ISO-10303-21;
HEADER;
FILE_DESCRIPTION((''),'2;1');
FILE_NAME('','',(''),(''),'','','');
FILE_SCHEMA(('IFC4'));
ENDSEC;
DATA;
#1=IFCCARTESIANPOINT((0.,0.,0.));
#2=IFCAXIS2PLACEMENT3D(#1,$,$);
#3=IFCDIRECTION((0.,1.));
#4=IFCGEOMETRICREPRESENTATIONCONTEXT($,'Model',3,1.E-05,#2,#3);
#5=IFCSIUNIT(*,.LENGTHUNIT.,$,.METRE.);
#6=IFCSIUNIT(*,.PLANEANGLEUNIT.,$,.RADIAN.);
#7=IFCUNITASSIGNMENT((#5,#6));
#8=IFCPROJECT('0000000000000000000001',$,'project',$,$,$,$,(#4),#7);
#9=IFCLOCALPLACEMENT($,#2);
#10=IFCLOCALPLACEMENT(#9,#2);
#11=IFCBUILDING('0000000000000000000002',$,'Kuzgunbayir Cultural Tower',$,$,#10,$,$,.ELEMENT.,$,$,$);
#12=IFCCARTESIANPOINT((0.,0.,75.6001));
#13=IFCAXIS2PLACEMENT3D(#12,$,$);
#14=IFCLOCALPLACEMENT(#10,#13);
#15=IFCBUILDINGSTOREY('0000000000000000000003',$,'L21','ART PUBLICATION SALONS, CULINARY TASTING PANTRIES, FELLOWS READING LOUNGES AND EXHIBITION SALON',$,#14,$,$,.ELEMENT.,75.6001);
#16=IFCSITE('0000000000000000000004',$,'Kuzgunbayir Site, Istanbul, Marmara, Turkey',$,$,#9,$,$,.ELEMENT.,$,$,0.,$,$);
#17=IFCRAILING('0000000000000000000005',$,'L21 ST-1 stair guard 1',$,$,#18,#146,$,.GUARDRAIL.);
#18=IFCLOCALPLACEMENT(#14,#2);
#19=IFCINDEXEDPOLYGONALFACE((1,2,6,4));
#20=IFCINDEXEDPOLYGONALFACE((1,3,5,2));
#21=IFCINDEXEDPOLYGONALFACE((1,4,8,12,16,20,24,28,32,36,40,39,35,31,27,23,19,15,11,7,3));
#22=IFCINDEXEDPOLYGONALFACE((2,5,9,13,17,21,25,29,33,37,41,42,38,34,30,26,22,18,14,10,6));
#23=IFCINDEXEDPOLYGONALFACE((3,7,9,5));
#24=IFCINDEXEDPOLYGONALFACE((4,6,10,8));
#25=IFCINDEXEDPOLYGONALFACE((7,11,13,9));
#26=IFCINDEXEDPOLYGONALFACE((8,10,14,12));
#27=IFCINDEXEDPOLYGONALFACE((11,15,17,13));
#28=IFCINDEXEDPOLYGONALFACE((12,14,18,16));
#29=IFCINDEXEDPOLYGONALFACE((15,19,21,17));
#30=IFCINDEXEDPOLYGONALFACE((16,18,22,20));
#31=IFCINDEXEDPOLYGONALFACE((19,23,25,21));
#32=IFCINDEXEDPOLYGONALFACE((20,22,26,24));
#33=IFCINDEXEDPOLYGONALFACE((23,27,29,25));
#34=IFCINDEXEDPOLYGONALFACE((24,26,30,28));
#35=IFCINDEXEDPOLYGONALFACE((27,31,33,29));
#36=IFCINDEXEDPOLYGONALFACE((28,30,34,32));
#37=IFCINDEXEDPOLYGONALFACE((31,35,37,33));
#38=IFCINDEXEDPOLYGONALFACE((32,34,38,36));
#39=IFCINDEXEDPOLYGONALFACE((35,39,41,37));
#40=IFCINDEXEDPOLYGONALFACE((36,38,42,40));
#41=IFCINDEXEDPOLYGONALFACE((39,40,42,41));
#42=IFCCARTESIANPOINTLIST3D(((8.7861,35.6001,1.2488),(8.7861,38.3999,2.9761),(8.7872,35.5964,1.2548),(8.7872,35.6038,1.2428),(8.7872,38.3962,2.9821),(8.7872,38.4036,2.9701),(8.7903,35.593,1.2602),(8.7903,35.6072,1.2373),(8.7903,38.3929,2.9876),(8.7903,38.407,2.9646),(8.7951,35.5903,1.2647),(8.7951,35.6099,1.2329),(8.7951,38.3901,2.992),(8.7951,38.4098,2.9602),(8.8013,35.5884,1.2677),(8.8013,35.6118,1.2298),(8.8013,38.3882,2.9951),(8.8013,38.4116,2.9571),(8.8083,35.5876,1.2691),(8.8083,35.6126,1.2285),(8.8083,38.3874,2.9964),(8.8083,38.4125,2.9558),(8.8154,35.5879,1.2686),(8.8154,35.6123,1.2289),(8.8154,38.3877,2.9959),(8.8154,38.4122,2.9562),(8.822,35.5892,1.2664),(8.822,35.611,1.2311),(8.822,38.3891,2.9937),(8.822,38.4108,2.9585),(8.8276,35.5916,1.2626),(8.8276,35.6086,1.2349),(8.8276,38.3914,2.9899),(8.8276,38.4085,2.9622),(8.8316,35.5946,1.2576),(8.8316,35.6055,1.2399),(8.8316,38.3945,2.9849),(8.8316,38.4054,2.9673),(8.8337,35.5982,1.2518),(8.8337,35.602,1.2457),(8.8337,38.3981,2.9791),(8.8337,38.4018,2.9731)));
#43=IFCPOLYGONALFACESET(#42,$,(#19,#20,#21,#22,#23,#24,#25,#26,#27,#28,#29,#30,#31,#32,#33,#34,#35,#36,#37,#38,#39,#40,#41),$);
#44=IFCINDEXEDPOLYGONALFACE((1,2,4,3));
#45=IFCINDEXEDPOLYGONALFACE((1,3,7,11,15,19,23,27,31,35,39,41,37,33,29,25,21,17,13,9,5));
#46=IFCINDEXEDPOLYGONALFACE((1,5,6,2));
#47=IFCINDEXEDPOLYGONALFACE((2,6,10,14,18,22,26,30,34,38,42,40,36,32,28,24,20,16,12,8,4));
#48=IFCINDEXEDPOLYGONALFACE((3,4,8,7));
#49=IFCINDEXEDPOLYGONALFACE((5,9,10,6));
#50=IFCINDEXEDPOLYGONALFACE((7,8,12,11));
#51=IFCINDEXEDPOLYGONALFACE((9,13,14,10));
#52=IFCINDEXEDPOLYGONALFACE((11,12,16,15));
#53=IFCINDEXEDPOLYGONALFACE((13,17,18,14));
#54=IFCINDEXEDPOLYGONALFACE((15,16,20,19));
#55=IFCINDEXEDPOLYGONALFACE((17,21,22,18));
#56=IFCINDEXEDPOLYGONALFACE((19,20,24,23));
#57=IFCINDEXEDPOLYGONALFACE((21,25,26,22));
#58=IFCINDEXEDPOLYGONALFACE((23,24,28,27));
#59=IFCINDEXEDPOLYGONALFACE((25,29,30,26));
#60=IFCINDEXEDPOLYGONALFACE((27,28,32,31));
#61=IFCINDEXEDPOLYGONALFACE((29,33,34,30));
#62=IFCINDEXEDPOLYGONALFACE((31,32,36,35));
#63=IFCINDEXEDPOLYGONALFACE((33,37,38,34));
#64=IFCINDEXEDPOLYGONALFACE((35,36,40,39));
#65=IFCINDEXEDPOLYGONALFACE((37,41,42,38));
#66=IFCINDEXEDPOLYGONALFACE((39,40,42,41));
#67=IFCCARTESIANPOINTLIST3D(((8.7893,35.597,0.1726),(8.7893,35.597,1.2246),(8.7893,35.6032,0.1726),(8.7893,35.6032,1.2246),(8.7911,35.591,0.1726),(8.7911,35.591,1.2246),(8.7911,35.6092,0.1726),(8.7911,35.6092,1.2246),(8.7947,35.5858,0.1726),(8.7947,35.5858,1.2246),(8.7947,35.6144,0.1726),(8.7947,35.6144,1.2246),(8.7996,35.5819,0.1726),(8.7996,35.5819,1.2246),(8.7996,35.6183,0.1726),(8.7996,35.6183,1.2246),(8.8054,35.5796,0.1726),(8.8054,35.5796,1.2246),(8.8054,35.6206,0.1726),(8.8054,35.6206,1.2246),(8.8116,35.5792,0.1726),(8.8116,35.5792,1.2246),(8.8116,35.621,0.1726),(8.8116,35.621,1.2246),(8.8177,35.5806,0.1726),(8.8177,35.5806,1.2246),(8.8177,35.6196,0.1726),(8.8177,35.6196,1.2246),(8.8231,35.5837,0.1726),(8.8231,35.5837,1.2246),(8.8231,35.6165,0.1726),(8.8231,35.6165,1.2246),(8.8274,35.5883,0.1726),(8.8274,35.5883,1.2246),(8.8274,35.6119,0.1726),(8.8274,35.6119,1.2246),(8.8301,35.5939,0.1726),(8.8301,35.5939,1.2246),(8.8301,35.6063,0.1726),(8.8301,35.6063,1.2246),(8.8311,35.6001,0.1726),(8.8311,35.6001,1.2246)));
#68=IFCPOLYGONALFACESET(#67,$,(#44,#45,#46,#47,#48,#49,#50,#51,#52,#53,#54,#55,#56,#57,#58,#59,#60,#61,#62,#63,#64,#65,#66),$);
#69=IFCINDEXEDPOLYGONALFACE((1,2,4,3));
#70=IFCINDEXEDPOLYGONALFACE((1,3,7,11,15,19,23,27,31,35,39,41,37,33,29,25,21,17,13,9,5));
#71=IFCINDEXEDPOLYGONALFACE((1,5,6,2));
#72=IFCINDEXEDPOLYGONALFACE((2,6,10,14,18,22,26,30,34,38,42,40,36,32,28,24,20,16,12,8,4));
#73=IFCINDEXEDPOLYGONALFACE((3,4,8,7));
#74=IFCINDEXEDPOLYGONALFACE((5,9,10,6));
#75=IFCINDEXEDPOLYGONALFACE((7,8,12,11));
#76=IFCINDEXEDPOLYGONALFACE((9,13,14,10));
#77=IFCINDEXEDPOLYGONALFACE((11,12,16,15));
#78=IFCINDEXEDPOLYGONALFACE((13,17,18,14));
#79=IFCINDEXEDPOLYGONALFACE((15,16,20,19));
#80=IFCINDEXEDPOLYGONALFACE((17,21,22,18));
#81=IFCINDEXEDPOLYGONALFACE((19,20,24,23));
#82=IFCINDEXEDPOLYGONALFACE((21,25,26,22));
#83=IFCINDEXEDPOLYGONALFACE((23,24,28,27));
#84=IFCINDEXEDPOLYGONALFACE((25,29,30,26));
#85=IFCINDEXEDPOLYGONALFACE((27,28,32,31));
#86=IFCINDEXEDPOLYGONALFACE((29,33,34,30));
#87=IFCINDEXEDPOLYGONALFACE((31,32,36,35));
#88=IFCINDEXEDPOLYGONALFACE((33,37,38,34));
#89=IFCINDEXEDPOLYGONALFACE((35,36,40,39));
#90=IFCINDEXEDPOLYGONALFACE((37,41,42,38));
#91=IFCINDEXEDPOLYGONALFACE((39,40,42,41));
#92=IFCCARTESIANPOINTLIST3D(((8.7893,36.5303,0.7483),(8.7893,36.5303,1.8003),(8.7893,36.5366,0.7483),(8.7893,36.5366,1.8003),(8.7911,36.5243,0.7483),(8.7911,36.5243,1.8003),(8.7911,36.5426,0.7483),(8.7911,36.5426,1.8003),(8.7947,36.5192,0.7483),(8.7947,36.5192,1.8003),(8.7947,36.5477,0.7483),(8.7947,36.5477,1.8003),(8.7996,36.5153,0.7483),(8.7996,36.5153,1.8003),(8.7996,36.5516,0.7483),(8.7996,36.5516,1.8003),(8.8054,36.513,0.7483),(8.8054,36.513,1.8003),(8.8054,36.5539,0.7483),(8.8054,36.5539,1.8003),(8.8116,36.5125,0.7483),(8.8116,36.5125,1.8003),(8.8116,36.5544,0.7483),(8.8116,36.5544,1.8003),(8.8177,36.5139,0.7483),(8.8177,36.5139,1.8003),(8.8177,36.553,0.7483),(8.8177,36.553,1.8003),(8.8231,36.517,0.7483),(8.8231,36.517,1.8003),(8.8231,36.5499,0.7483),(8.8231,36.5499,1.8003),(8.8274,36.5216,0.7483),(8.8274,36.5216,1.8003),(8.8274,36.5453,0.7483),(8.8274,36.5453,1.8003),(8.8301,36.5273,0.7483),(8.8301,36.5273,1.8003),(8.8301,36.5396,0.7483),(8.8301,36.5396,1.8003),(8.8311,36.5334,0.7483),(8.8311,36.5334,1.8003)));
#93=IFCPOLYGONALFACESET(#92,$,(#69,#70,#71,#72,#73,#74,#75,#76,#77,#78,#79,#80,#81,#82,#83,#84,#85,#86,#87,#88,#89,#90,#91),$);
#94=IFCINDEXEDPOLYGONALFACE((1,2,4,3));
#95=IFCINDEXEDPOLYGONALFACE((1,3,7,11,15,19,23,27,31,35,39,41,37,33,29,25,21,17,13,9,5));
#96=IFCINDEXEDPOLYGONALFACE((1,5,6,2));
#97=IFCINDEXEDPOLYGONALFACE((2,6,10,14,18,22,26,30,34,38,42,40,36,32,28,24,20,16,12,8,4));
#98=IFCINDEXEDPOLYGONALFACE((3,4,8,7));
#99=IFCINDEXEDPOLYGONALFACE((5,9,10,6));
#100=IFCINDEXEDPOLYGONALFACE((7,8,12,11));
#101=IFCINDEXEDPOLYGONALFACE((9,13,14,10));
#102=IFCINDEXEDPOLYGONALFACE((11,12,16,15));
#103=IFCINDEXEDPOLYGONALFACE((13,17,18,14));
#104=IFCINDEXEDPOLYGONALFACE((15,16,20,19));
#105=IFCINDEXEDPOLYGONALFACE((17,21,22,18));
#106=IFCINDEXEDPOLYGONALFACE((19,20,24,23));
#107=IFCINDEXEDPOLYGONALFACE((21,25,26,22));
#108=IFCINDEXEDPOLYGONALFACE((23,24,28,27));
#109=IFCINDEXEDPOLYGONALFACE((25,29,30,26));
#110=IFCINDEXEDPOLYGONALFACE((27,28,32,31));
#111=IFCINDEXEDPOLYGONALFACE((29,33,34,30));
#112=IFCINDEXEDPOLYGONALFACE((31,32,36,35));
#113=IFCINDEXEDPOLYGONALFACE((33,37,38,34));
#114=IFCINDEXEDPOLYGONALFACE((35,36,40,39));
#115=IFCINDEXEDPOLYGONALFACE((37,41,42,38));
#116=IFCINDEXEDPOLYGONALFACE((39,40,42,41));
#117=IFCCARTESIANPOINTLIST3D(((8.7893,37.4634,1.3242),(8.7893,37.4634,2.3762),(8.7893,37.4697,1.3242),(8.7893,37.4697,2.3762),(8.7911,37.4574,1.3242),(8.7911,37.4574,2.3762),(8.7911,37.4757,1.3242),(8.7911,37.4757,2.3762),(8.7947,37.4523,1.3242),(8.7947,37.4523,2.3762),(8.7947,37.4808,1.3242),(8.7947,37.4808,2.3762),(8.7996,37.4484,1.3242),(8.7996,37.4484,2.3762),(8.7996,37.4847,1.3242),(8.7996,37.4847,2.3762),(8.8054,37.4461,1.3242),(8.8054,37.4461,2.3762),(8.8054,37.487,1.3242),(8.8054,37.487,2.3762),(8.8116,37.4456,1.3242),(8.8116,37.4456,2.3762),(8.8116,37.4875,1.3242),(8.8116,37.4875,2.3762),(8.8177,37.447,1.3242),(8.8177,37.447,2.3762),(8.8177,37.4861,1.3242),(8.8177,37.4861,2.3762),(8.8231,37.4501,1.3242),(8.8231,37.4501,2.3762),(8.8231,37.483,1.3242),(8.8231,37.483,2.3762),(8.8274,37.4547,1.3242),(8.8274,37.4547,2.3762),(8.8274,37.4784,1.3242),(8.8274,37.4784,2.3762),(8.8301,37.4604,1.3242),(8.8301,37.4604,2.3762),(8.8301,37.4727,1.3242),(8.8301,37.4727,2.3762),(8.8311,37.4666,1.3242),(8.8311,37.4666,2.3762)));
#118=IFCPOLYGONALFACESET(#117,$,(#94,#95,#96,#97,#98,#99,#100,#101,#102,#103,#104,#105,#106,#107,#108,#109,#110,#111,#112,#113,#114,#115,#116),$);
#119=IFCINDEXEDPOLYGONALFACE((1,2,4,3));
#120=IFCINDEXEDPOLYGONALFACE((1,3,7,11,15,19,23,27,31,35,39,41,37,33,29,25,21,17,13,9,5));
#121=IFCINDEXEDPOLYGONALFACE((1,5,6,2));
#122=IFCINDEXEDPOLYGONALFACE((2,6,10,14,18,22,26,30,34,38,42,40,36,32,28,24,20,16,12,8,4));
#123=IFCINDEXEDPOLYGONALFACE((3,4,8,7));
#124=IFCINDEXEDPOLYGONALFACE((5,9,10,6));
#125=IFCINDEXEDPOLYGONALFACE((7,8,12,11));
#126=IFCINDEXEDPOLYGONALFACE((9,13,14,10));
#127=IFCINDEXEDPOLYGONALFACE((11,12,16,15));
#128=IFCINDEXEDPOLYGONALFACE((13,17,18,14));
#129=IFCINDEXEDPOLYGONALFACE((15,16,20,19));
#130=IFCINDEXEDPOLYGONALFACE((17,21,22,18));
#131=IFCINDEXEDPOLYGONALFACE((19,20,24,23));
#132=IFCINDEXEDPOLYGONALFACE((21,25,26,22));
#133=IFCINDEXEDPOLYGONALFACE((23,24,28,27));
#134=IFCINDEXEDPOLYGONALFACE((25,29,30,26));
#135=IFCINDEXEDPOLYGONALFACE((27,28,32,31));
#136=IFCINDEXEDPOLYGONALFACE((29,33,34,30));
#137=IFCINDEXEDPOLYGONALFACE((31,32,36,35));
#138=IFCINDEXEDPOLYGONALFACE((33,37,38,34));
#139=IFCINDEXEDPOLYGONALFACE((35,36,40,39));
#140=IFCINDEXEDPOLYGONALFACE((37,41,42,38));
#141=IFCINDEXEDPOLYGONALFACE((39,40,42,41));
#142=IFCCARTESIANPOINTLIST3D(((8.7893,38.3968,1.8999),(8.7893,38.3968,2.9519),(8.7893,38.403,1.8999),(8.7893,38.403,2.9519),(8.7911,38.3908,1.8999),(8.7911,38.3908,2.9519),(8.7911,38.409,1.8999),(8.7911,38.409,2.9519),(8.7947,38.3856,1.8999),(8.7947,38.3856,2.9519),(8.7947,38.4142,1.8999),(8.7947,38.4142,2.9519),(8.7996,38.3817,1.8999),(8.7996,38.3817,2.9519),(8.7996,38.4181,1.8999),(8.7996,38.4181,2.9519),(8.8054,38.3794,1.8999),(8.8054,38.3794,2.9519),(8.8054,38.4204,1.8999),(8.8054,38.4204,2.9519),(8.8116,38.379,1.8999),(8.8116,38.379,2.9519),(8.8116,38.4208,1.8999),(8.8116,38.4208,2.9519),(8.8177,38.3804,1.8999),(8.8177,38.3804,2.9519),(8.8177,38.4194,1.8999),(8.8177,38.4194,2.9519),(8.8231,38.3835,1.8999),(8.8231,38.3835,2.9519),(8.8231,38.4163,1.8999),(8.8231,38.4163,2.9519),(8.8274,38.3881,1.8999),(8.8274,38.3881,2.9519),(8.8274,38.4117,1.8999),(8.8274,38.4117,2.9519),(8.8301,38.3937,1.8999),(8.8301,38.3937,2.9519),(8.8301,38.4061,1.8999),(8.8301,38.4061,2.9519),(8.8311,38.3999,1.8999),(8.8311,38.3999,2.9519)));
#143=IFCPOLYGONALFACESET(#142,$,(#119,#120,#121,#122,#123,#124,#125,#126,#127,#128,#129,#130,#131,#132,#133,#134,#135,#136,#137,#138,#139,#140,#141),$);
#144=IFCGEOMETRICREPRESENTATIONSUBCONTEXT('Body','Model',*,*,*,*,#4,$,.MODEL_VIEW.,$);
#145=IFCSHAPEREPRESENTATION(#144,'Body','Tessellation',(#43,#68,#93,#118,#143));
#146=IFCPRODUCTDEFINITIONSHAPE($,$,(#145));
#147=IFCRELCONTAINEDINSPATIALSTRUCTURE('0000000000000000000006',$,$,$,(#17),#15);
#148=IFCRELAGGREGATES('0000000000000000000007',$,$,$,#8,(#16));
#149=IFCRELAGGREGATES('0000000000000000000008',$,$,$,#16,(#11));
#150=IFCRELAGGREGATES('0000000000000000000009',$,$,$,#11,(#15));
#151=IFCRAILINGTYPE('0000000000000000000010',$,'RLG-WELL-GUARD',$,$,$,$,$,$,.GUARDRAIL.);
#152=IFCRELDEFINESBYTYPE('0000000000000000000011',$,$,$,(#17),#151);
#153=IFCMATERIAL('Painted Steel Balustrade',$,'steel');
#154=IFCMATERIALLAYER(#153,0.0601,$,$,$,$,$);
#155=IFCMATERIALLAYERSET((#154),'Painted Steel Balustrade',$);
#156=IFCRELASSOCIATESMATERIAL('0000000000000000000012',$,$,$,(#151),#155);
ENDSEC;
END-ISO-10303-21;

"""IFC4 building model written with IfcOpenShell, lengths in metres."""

from ifc_helpers import new_model, si_unit, direction, frame, origin, origin_2d, place, context, subcontext, project, spatial, circle, extrude, material, layer, layer_set, type_object, element, save


model = new_model("IFC4")

# Units and contexts
model_context = context("Model", 3, precision=1e-05, world=origin(), true_north=direction((0.0, 1.0)))
body_context = subcontext(model_context, "Body", "Model", "MODEL_VIEW")
ifc_project = project(units=[si_unit("LENGTHUNIT", "METRE"), si_unit("PLANEANGLEUNIT", "RADIAN")], contexts=[model_context])

# Site, building, storey
site_placement = place(None, origin())
site = spatial("IfcSite", under=ifc_project, at=site_placement, Name="Kuzgunbayir Site, Istanbul, Marmara, Turkey", CompositionType="ELEMENT", RefElevation=0.0)
building_placement = place(site_placement, origin())
building = spatial("IfcBuilding", under=site, at=building_placement, Name="Kuzgunbayir Cultural Tower", CompositionType="ELEMENT")
storey_placement = place(building_placement, frame((0.0, 0.0, 75.6001)))
storey = spatial("IfcBuildingStorey", under=building, at=storey_placement, Name="L21", Description="ART PUBLICATION SALONS, CULINARY TASTING PANTRIES, FELLOWS READING LOUNGES AND EXHIBITION SALON", CompositionType="ELEMENT", Elevation=75.6001)

# Railing
ifc_material_1 = material(Name="Painted Steel Balustrade", Category="steel")
ifc_layer_1 = layer(ifc_material_1, 0.0601)
ifc_layer_set_1 = layer_set([ifc_layer_1], Name="Painted Steel Balustrade")
railing_type_1 = type_object("IfcRailingType", Name="RLG-WELL-GUARD", PredefinedType="GUARDRAIL", material=ifc_layer_set_1)
railing_1_placement = place(storey_placement, frame((8.8101, 35.6001, 0.1726)))
element("IfcRailing", 1, at=railing_1_placement, inside=storey, type_object=railing_type_1, Name="L21 ST-1 stair guard 1", PredefinedType="GUARDRAIL", context=body_context, shape_type="SweptSolid", body=[
    extrude(circle(Radius=0.0239, at=origin_2d()), frame((0.0, 0.0, 1.0762), z_axis=(0.0, 0.851069, 0.525054), x_axis=(-1.0, 0.0, 0.0)), (0.0, 0.0, 1.0), 3.2898),
    extrude(circle(Radius=0.021, at=origin_2d()), origin(), (0.0, 0.0, 1.0), 1.052),
    extrude(circle(Radius=0.021, at=origin_2d()), frame((0.0, 0.9333, 0.5757)), (0.0, 0.0, 1.0), 1.052),
    extrude(circle(Radius=0.021, at=origin_2d()), frame((0.0, 1.8665, 1.1516)), (0.0, 0.0, 1.0), 1.052),
    extrude(circle(Radius=0.021, at=origin_2d()), frame((0.0, 2.7998, 1.7273)), (0.0, 0.0, 1.0), 1.052),
])

save(model, "model.ifc")
